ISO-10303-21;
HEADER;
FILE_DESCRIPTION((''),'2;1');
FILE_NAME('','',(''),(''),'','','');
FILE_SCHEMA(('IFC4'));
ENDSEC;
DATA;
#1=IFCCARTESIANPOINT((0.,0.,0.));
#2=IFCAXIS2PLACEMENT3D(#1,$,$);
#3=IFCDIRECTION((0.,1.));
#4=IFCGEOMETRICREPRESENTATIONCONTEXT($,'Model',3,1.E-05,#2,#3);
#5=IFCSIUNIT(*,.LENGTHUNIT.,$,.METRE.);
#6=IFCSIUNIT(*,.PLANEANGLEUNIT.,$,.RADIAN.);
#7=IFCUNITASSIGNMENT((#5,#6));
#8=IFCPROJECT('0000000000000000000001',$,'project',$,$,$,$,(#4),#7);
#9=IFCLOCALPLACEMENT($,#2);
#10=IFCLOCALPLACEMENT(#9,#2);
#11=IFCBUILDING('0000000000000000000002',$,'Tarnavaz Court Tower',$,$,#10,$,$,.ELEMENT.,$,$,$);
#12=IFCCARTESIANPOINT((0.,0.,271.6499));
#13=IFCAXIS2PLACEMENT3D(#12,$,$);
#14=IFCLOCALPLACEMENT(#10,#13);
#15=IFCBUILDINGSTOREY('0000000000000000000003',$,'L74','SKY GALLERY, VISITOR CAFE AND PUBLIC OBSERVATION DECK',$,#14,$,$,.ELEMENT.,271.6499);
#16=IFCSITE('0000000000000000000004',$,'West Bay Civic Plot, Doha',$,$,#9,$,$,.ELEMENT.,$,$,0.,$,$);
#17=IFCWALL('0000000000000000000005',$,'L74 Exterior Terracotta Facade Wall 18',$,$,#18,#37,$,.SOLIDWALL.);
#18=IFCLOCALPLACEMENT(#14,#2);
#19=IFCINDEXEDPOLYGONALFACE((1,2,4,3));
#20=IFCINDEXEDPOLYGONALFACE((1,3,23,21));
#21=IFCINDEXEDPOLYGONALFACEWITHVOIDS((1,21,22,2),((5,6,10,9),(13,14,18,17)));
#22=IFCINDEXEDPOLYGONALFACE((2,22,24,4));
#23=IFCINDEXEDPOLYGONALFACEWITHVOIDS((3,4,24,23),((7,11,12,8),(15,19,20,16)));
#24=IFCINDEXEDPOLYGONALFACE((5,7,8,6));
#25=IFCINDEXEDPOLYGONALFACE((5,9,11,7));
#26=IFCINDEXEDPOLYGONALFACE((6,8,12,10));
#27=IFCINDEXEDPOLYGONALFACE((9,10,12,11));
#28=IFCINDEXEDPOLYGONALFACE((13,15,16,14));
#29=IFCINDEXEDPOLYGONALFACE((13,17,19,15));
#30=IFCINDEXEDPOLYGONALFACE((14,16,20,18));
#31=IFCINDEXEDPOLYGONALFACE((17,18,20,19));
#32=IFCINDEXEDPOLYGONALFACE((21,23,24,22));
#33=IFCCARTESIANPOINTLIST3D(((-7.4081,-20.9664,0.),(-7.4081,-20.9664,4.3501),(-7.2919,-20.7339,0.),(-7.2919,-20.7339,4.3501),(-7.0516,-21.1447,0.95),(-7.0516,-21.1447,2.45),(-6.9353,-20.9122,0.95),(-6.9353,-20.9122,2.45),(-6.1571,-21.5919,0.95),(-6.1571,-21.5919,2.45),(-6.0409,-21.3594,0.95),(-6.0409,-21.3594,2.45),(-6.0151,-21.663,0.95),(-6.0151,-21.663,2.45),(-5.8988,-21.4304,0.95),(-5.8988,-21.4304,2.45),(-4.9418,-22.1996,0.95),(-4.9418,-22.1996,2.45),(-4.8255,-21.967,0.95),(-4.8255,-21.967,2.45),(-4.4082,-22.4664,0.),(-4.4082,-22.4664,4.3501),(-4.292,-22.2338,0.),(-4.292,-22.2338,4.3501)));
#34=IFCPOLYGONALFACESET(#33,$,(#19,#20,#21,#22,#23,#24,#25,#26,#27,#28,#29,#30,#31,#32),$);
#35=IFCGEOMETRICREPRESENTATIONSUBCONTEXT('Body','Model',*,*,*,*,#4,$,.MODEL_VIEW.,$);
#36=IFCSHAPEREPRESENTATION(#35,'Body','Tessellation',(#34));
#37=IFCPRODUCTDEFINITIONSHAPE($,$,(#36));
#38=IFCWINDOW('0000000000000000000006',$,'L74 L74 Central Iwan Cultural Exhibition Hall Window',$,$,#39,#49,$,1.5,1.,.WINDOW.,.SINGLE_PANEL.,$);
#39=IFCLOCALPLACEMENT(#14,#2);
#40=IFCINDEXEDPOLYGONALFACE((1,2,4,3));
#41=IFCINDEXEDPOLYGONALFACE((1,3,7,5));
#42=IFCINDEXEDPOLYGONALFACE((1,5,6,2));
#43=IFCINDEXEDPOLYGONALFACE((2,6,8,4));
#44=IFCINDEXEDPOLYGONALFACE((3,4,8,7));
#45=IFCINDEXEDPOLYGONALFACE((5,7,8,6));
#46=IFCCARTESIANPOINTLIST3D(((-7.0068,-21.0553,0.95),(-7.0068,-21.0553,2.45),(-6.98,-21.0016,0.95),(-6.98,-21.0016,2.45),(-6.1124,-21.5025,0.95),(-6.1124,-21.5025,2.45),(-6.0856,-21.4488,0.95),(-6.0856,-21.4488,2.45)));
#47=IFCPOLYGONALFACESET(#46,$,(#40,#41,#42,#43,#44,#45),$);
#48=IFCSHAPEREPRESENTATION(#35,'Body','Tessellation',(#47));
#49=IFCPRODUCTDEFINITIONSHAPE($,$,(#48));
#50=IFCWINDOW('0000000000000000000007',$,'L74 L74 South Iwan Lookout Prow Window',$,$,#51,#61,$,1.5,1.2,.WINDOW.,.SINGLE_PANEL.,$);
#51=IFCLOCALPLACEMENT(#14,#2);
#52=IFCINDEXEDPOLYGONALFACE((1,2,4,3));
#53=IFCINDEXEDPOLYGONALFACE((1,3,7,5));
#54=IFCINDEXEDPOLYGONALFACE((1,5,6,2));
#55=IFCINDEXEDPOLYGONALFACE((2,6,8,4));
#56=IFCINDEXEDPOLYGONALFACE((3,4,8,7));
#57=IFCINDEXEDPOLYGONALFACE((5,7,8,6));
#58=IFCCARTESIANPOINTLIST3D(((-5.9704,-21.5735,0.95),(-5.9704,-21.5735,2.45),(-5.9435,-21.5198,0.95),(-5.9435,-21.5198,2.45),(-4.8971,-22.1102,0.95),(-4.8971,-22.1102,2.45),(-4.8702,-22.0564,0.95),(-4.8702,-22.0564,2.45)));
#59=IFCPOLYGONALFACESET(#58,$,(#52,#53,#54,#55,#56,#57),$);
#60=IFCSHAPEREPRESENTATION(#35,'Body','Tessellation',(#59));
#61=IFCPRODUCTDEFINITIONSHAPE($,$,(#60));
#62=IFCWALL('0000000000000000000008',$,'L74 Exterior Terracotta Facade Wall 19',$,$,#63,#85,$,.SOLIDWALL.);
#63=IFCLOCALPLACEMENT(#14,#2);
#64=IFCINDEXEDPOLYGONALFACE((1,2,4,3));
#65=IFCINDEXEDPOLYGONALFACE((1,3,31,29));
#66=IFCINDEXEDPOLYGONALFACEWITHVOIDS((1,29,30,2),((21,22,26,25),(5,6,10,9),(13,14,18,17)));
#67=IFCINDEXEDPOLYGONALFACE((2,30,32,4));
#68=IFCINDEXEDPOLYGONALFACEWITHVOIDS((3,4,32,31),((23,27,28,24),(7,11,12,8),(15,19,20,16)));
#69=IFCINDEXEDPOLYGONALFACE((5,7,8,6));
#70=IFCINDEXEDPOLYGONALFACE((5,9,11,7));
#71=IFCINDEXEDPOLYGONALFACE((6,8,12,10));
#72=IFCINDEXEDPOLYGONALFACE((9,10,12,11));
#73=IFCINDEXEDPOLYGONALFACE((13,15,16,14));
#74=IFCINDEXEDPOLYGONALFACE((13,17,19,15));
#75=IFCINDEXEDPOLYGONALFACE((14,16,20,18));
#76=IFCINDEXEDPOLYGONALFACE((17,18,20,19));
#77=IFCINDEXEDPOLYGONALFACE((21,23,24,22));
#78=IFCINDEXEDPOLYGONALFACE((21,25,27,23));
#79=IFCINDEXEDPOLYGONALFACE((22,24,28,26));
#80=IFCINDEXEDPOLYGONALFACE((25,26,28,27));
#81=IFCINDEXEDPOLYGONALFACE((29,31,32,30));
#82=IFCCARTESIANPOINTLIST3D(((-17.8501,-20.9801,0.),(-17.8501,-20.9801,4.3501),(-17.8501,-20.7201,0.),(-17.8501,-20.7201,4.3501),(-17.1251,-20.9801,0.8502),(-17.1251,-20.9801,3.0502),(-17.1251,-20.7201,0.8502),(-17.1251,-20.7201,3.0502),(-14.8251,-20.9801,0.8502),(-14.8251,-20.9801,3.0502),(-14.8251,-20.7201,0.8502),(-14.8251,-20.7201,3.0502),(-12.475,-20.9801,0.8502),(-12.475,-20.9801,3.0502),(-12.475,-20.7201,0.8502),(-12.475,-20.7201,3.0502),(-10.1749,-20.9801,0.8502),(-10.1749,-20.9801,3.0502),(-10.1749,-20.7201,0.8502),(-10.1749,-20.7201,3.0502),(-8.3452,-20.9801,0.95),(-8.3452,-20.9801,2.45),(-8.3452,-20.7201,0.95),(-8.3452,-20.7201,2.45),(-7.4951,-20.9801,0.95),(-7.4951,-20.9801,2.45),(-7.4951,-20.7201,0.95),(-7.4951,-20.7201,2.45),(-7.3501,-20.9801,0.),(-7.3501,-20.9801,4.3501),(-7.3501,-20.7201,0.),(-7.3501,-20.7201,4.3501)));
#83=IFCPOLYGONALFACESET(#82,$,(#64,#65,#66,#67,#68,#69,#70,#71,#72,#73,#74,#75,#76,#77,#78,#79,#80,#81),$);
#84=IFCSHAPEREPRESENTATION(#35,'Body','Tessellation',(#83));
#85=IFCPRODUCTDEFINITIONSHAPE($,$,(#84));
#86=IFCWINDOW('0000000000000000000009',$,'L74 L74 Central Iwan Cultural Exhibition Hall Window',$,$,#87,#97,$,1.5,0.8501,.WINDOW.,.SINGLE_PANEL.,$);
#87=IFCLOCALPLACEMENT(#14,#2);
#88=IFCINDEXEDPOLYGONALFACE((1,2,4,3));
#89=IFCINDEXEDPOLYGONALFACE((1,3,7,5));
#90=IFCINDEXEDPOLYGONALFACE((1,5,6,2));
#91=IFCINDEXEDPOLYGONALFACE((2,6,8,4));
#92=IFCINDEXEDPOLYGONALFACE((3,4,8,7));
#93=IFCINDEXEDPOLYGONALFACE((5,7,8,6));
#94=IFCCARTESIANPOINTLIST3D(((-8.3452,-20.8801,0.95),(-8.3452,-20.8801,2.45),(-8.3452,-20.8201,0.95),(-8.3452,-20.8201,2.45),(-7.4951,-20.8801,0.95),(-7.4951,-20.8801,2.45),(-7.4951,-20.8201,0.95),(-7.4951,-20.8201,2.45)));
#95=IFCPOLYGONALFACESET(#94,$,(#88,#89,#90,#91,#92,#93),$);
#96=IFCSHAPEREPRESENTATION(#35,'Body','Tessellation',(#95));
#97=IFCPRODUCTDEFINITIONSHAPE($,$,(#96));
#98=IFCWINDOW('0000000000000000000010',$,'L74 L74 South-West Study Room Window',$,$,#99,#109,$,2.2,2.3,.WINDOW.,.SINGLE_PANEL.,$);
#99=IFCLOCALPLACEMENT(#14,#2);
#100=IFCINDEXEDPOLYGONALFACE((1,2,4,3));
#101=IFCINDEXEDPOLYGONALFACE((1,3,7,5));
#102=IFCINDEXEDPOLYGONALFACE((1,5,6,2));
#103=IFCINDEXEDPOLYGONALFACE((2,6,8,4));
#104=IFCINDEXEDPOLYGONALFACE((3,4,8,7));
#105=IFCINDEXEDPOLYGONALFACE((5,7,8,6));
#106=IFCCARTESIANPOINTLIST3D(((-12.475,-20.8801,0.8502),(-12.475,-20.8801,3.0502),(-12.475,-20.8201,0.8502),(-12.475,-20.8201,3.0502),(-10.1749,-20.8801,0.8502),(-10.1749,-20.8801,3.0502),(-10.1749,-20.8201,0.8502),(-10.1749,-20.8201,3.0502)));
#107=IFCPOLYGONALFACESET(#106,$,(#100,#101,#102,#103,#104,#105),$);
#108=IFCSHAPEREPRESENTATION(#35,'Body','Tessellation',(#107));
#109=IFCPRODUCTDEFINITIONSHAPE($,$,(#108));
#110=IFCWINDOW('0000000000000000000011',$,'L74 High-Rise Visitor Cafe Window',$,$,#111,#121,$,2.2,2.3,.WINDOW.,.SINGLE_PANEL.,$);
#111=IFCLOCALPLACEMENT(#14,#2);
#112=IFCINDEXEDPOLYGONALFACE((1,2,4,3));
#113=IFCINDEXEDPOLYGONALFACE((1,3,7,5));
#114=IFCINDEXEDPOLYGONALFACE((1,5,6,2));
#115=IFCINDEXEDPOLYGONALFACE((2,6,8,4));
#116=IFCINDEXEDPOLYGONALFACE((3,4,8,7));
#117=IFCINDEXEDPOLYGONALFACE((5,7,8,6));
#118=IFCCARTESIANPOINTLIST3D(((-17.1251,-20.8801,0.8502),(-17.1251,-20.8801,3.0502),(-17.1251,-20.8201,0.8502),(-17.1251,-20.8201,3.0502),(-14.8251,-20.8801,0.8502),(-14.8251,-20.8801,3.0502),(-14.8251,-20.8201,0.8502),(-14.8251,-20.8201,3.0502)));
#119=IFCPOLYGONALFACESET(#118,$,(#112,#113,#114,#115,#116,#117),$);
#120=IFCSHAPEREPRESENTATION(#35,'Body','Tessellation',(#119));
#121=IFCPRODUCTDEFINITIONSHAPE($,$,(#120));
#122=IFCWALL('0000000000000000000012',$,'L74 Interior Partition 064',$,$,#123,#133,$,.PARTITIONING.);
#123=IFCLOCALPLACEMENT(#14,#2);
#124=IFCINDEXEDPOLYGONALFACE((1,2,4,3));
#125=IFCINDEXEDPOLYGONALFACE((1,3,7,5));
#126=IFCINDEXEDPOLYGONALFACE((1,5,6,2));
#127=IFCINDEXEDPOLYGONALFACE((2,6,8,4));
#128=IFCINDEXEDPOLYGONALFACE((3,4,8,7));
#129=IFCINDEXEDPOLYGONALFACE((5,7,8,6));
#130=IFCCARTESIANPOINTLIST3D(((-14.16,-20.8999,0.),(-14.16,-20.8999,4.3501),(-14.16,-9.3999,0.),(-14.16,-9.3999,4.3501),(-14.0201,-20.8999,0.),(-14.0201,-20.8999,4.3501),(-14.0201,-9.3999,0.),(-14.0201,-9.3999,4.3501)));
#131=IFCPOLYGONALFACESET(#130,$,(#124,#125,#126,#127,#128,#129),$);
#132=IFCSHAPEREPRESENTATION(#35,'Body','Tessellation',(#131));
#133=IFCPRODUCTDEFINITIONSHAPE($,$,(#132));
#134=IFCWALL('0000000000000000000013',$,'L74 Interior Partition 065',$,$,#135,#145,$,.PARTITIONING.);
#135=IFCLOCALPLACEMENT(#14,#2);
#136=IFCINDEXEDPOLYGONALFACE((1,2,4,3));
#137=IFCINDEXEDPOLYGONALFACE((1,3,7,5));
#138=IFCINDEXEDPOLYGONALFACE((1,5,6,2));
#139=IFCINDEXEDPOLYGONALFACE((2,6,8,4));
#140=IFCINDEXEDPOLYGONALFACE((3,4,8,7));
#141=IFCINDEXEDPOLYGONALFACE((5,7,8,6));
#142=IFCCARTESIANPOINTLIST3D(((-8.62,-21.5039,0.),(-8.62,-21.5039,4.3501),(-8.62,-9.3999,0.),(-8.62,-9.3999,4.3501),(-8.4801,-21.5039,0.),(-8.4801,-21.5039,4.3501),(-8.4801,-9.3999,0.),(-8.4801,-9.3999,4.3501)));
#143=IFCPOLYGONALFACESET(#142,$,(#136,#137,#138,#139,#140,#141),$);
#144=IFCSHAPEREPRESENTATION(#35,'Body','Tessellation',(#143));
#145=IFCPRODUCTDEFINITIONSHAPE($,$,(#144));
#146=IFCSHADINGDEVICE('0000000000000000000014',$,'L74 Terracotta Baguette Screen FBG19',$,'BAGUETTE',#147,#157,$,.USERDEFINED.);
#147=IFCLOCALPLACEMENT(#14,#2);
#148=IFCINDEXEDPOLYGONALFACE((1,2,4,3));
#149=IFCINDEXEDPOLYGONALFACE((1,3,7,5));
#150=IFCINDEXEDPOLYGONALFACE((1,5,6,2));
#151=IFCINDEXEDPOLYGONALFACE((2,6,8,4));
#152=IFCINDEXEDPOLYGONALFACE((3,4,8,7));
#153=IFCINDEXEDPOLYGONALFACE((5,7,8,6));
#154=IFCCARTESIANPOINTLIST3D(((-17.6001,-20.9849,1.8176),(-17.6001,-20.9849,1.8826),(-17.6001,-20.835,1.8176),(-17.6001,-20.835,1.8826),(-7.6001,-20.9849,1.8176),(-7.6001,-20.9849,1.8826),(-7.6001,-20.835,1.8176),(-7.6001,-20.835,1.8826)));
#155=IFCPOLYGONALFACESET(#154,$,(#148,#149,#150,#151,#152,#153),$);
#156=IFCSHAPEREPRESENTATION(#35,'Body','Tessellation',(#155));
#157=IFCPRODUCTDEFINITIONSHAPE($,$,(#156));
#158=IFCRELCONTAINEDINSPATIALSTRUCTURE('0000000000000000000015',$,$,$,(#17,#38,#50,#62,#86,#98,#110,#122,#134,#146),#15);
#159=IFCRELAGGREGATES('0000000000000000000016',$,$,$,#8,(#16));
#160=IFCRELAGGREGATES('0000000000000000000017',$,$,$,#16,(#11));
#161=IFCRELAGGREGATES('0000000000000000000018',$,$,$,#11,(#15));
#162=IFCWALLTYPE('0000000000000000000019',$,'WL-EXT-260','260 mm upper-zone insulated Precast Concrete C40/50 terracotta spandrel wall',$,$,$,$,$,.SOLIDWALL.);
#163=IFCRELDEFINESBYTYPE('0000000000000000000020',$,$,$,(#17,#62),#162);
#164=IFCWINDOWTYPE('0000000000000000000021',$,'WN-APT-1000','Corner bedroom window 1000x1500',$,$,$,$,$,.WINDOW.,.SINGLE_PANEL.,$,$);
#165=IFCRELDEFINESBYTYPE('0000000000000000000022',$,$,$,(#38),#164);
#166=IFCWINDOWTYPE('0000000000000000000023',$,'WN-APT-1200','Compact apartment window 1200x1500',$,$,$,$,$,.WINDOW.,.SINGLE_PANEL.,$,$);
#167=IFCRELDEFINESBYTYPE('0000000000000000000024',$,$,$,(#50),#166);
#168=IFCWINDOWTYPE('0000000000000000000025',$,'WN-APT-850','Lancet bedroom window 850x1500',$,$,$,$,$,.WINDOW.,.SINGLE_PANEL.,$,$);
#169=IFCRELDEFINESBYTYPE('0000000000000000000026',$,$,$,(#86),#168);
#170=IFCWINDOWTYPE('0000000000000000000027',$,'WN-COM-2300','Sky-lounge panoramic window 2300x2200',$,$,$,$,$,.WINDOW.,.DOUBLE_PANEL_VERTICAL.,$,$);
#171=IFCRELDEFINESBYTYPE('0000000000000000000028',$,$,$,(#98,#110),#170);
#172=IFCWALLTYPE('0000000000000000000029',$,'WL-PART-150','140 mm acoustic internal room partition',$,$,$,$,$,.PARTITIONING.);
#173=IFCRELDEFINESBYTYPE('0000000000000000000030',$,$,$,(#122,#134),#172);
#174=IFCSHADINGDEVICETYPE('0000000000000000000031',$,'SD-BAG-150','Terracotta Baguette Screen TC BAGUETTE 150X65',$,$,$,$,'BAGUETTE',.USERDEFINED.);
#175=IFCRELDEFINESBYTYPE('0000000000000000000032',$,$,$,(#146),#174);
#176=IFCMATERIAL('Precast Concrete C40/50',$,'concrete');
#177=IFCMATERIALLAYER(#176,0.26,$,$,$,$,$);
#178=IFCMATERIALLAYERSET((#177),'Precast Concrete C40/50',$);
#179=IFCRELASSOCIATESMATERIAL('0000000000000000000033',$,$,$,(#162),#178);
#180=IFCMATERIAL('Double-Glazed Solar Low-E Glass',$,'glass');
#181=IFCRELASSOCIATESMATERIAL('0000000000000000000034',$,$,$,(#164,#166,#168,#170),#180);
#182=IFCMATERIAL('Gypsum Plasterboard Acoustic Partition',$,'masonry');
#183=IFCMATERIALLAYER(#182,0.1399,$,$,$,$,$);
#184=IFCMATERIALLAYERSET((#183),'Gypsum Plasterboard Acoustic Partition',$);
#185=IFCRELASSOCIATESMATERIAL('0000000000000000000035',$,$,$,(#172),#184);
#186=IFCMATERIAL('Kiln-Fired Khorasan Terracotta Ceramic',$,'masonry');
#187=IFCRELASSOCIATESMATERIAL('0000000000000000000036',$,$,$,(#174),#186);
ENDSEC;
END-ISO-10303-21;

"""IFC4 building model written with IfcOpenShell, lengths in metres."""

from ifc_helpers import new_model, si_unit, direction, frame, frame_2d, origin, origin_2d, place, context, subcontext, project, spatial, rectangle, extrude, material, layer, layer_set, material_profile, profile_set, type_object, element, fill, save


model = new_model("IFC4")

# Units and contexts
model_context = context("Model", 3, precision=1e-05, world=origin(), true_north=direction((0.0, 1.0)))
body_context = subcontext(model_context, "Body", "Model", "MODEL_VIEW")
ifc_project = project(units=[si_unit("LENGTHUNIT", "METRE"), si_unit("PLANEANGLEUNIT", "RADIAN")], contexts=[model_context])

# Site, building, storey
site_placement = place(None, origin())
site = spatial("IfcSite", under=ifc_project, at=site_placement, Name="West Bay Civic Plot, Doha", CompositionType="ELEMENT", RefElevation=0.0)
building_placement = place(site_placement, origin())
building = spatial("IfcBuilding", under=site, at=building_placement, Name="Tarnavaz Court Tower", CompositionType="ELEMENT")
storey_placement = place(building_placement, frame((0.0, 0.0, 271.6499)))
storey = spatial("IfcBuildingStorey", under=building, at=storey_placement, Name="L74", Description="SKY GALLERY, VISITOR CAFE AND PUBLIC OBSERVATION DECK", CompositionType="ELEMENT", Elevation=271.6499)

# Walls, openings, windows
ifc_material_1 = material(Name="Precast Concrete C40/50", Category="concrete")
ifc_layer_1 = layer(ifc_material_1, 0.26)
ifc_layer_set_1 = layer_set([ifc_layer_1], Name="Precast Concrete C40/50")
wall_type_1 = type_object("IfcWallType", Name="WL-EXT-260", Description="260 mm upper-zone insulated Precast Concrete C40/50 terracotta spandrel wall", PredefinedType="SOLIDWALL", material=ifc_layer_set_1)
wall_1_placement = place(storey_placement, frame((-4.3501, -22.3501, 0.0), z_axis=(0.0, 0.0, 1.0), x_axis=(-0.894427, 0.447214, 0.0)))
wall_1 = element("IfcWall", 1, at=wall_1_placement, inside=storey, type_object=wall_type_1, Name="L74 Exterior Terracotta Facade Wall 18", PredefinedType="SOLIDWALL", context=body_context, shape_type="SweptSolid", body=[
    extrude(rectangle(XDim=3.354, YDim=0.26, at=frame_2d((1.677, 0.0))), origin(), (0.0, 0.0, 1.0), 4.3501),
])
opening_1_placement = place(wall_1_placement, frame((0.5964, 0.0, 0.95)))
opening_1 = element("IfcOpeningElement", 2, at=opening_1_placement, cuts=wall_1, PredefinedType="OPENING", context=body_context, shape_type="SweptSolid", body=[
    extrude(rectangle(XDim=1.2, YDim=1.5, at=frame_2d((0.6001, 0.75))), frame((0.0, 0.1399, 0.0), z_axis=(0.0, -1.0, 0.0), x_axis=(1.0, 0.0, 0.0)), (0.0, 0.0, 1.0), 0.28),
])
opening_2_placement = place(wall_1_placement, frame((1.9553, 0.0, 0.95)))
opening_2 = element("IfcOpeningElement", 3, at=opening_2_placement, cuts=wall_1, PredefinedType="OPENING", context=body_context, shape_type="SweptSolid", body=[
    extrude(rectangle(XDim=1.0, YDim=1.5, at=frame_2d((0.5, 0.75))), frame((0.0, 0.1399, 0.0), z_axis=(0.0, -1.0, 0.0), x_axis=(1.0, 0.0, 0.0)), (0.0, 0.0, 1.0), 0.28),
])
ifc_material_2 = material(Name="Double-Glazed Solar Low-E Glass", Category="glass")
window_type_1 = type_object("IfcWindowType", Name="WN-APT-1000", Description="Corner bedroom window 1000x1500", PartitioningType="SINGLE_PANEL", PredefinedType="WINDOW", material=ifc_material_2)
window_1_placement = place(opening_2_placement, origin())
window_1 = element("IfcWindow", 4, at=window_1_placement, inside=storey, type_object=window_type_1, Name="L74 L74 Central Iwan Cultural Exhibition Hall Window", OverallHeight=1.5, OverallWidth=1.0, PartitioningType="SINGLE_PANEL", PredefinedType="WINDOW", context=body_context, shape_type="SweptSolid", body=[
    extrude(rectangle(XDim=1.0, YDim=1.5, at=frame_2d((0.5, 0.75))), frame((0.0, 0.03, 0.0), z_axis=(0.0, -1.0, 0.0), x_axis=(1.0, 0.0, 0.0)), (0.0, 0.0, 1.0), 0.0601),
])
fill(opening_2, window_1)
window_type_2 = type_object("IfcWindowType", Name="WN-APT-1200", Description="Compact apartment window 1200x1500", PartitioningType="SINGLE_PANEL", PredefinedType="WINDOW", material=ifc_material_2)
window_2_placement = place(opening_1_placement, origin())
window_2 = element("IfcWindow", 5, at=window_2_placement, inside=storey, type_object=window_type_2, Name="L74 L74 South Iwan Lookout Prow Window", OverallHeight=1.5, OverallWidth=1.2, PartitioningType="SINGLE_PANEL", PredefinedType="WINDOW", context=body_context, shape_type="SweptSolid", body=[
    extrude(rectangle(XDim=1.2, YDim=1.5, at=frame_2d((0.6001, 0.75))), frame((0.0, 0.03, 0.0), z_axis=(0.0, -1.0, 0.0), x_axis=(1.0, 0.0, 0.0)), (0.0, 0.0, 1.0), 0.0601),
])
fill(opening_1, window_2)
wall_2_placement = place(storey_placement, frame((-7.3501, -20.8501, 0.0), z_axis=(0.0, 0.0, 1.0), x_axis=(-1.0, 0.0, 0.0)))
wall_2 = element("IfcWall", 6, at=wall_2_placement, inside=storey, type_object=wall_type_1, Name="L74 Exterior Terracotta Facade Wall 19", PredefinedType="SOLIDWALL", context=body_context, shape_type="SweptSolid", body=[
    extrude(rectangle(XDim=10.5, YDim=0.26, at=frame_2d((5.25, 0.0))), origin(), (0.0, 0.0, 1.0), 4.3501),
])
opening_3_placement = place(wall_2_placement, frame((0.145, 0.0, 0.95)))
opening_3 = element("IfcOpeningElement", 7, at=opening_3_placement, cuts=wall_2, PredefinedType="OPENING", context=body_context, shape_type="SweptSolid", body=[
    extrude(rectangle(XDim=0.8501, YDim=1.5, at=frame_2d((0.425, 0.75))), frame((0.0, 0.1399, 0.0), z_axis=(0.0, -1.0, 0.0), x_axis=(1.0, 0.0, 0.0)), (0.0, 0.0, 1.0), 0.28),
])
opening_4_placement = place(wall_2_placement, frame((2.825, 0.0, 0.8501)))
opening_4 = element("IfcOpeningElement", 8, at=opening_4_placement, cuts=wall_2, PredefinedType="OPENING", context=body_context, shape_type="SweptSolid", body=[
    extrude(rectangle(XDim=2.3, YDim=2.2, at=frame_2d((1.1499, 1.1001))), frame((0.0, 0.1399, 0.0), z_axis=(0.0, -1.0, 0.0), x_axis=(1.0, 0.0, 0.0)), (0.0, 0.0, 1.0), 0.28),
])
opening_5_placement = place(wall_2_placement, frame((7.4751, 0.0, 0.8501)))
opening_5 = element("IfcOpeningElement", 9, at=opening_5_placement, cuts=wall_2, PredefinedType="OPENING", context=body_context, shape_type="SweptSolid", body=[
    extrude(rectangle(XDim=2.3, YDim=2.2, at=frame_2d((1.1499, 1.1001))), frame((0.0, 0.1399, 0.0), z_axis=(0.0, -1.0, 0.0), x_axis=(1.0, 0.0, 0.0)), (0.0, 0.0, 1.0), 0.28),
])
window_type_3 = type_object("IfcWindowType", Name="WN-APT-850", Description="Lancet bedroom window 850x1500", PartitioningType="SINGLE_PANEL", PredefinedType="WINDOW", material=ifc_material_2)
window_3_placement = place(opening_3_placement, origin())
window_3 = element("IfcWindow", 10, at=window_3_placement, inside=storey, type_object=window_type_3, Name="L74 L74 Central Iwan Cultural Exhibition Hall Window", OverallHeight=1.5, OverallWidth=0.8501, PartitioningType="SINGLE_PANEL", PredefinedType="WINDOW", context=body_context, shape_type="SweptSolid", body=[
    extrude(rectangle(XDim=0.8501, YDim=1.5, at=frame_2d((0.425, 0.75))), frame((0.0, 0.03, 0.0), z_axis=(0.0, -1.0, 0.0), x_axis=(1.0, 0.0, 0.0)), (0.0, 0.0, 1.0), 0.0601),
])
fill(opening_3, window_3)
window_type_4 = type_object("IfcWindowType", Name="WN-COM-2300", Description="Sky-lounge panoramic window 2300x2200", PartitioningType="DOUBLE_PANEL_VERTICAL", PredefinedType="WINDOW", material=ifc_material_2)
window_4_placement = place(opening_4_placement, origin())
window_4 = element("IfcWindow", 11, at=window_4_placement, inside=storey, type_object=window_type_4, Name="L74 L74 South-West Study Room Window", OverallHeight=2.2, OverallWidth=2.3, PartitioningType="SINGLE_PANEL", PredefinedType="WINDOW", context=body_context, shape_type="SweptSolid", body=[
    extrude(rectangle(XDim=2.3, YDim=2.2, at=frame_2d((1.1499, 1.1001))), frame((0.0, 0.03, 0.0), z_axis=(0.0, -1.0, 0.0), x_axis=(1.0, 0.0, 0.0)), (0.0, 0.0, 1.0), 0.0601),
])
fill(opening_4, window_4)
window_5_placement = place(opening_5_placement, origin())
window_5 = element("IfcWindow", 12, at=window_5_placement, inside=storey, type_object=window_type_4, Name="L74 High-Rise Visitor Cafe Window", OverallHeight=2.2, OverallWidth=2.3, PartitioningType="SINGLE_PANEL", PredefinedType="WINDOW", context=body_context, shape_type="SweptSolid", body=[
    extrude(rectangle(XDim=2.3, YDim=2.2, at=frame_2d((1.1499, 1.1001))), frame((0.0, 0.03, 0.0), z_axis=(0.0, -1.0, 0.0), x_axis=(1.0, 0.0, 0.0)), (0.0, 0.0, 1.0), 0.0601),
])
fill(opening_5, window_5)

# Walls
ifc_material_3 = material(Name="Gypsum Plasterboard Acoustic Partition", Category="masonry")
ifc_layer_2 = layer(ifc_material_3, 0.1399)
ifc_layer_set_2 = layer_set([ifc_layer_2], Name="Gypsum Plasterboard Acoustic Partition")
wall_type_2 = type_object("IfcWallType", Name="WL-PART-150", Description="140 mm acoustic internal room partition", PredefinedType="PARTITIONING", material=ifc_layer_set_2)
wall_3_placement = place(storey_placement, frame((-14.0901, -20.8999, 0.0), z_axis=(0.0, 0.0, 1.0), x_axis=(0.0, 1.0, 0.0)))
element("IfcWall", 13, at=wall_3_placement, inside=storey, type_object=wall_type_2, Name="L74 Interior Partition 064", PredefinedType="PARTITIONING", context=body_context, shape_type="SweptSolid", body=[
    extrude(rectangle(XDim=11.5, YDim=0.1399, at=frame_2d((5.75, 0.0))), origin(), (0.0, 0.0, 1.0), 4.3501),
])
wall_4_placement = place(storey_placement, frame((-8.55, -21.5039, 0.0), z_axis=(0.0, 0.0, 1.0), x_axis=(0.0, 1.0, 0.0)))
element("IfcWall", 14, at=wall_4_placement, inside=storey, type_object=wall_type_2, Name="L74 Interior Partition 065", PredefinedType="PARTITIONING", context=body_context, shape_type="SweptSolid", body=[
    extrude(rectangle(XDim=12.104, YDim=0.1399, at=frame_2d((6.052, 0.0))), origin(), (0.0, 0.0, 1.0), 4.3501),
])

# Shading device
ifc_material_4 = material(Name="Kiln-Fired Khorasan Terracotta Ceramic", Category="masonry")
ifc_material_profile_1 = material_profile(ifc_material_4, rectangle(XDim=0.1499, YDim=0.0649, at=origin_2d()), Name="TC BAGUETTE 150X65")
ifc_profile_set_1 = profile_set([ifc_material_profile_1], Name="Kiln-Fired Khorasan Terracotta Ceramic")
shading_device_type = type_object("IfcShadingDeviceType", Name="SD-BAG-150", Description="Terracotta Baguette Screen TC BAGUETTE 150X65", ElementType="BAGUETTE", PredefinedType="USERDEFINED", material=ifc_profile_set_1)
shading_device_placement = place(storey_placement, frame((-7.6001, -20.9099, 1.8501), z_axis=(-1.0, 0.0, 0.0), x_axis=(0.0, -1.0, 0.0)))
element("IfcShadingDevice", 15, at=shading_device_placement, inside=storey, type_object=shading_device_type, Name="L74 Terracotta Baguette Screen FBG19", ObjectType="BAGUETTE", PredefinedType="USERDEFINED", context=body_context, shape_type="SweptSolid", body=[
    extrude(rectangle(XDim=0.1499, YDim=0.0649, at=origin_2d()), origin(), (0.0, 0.0, 1.0), 10.0),
])

save(model, "model.ifc")
